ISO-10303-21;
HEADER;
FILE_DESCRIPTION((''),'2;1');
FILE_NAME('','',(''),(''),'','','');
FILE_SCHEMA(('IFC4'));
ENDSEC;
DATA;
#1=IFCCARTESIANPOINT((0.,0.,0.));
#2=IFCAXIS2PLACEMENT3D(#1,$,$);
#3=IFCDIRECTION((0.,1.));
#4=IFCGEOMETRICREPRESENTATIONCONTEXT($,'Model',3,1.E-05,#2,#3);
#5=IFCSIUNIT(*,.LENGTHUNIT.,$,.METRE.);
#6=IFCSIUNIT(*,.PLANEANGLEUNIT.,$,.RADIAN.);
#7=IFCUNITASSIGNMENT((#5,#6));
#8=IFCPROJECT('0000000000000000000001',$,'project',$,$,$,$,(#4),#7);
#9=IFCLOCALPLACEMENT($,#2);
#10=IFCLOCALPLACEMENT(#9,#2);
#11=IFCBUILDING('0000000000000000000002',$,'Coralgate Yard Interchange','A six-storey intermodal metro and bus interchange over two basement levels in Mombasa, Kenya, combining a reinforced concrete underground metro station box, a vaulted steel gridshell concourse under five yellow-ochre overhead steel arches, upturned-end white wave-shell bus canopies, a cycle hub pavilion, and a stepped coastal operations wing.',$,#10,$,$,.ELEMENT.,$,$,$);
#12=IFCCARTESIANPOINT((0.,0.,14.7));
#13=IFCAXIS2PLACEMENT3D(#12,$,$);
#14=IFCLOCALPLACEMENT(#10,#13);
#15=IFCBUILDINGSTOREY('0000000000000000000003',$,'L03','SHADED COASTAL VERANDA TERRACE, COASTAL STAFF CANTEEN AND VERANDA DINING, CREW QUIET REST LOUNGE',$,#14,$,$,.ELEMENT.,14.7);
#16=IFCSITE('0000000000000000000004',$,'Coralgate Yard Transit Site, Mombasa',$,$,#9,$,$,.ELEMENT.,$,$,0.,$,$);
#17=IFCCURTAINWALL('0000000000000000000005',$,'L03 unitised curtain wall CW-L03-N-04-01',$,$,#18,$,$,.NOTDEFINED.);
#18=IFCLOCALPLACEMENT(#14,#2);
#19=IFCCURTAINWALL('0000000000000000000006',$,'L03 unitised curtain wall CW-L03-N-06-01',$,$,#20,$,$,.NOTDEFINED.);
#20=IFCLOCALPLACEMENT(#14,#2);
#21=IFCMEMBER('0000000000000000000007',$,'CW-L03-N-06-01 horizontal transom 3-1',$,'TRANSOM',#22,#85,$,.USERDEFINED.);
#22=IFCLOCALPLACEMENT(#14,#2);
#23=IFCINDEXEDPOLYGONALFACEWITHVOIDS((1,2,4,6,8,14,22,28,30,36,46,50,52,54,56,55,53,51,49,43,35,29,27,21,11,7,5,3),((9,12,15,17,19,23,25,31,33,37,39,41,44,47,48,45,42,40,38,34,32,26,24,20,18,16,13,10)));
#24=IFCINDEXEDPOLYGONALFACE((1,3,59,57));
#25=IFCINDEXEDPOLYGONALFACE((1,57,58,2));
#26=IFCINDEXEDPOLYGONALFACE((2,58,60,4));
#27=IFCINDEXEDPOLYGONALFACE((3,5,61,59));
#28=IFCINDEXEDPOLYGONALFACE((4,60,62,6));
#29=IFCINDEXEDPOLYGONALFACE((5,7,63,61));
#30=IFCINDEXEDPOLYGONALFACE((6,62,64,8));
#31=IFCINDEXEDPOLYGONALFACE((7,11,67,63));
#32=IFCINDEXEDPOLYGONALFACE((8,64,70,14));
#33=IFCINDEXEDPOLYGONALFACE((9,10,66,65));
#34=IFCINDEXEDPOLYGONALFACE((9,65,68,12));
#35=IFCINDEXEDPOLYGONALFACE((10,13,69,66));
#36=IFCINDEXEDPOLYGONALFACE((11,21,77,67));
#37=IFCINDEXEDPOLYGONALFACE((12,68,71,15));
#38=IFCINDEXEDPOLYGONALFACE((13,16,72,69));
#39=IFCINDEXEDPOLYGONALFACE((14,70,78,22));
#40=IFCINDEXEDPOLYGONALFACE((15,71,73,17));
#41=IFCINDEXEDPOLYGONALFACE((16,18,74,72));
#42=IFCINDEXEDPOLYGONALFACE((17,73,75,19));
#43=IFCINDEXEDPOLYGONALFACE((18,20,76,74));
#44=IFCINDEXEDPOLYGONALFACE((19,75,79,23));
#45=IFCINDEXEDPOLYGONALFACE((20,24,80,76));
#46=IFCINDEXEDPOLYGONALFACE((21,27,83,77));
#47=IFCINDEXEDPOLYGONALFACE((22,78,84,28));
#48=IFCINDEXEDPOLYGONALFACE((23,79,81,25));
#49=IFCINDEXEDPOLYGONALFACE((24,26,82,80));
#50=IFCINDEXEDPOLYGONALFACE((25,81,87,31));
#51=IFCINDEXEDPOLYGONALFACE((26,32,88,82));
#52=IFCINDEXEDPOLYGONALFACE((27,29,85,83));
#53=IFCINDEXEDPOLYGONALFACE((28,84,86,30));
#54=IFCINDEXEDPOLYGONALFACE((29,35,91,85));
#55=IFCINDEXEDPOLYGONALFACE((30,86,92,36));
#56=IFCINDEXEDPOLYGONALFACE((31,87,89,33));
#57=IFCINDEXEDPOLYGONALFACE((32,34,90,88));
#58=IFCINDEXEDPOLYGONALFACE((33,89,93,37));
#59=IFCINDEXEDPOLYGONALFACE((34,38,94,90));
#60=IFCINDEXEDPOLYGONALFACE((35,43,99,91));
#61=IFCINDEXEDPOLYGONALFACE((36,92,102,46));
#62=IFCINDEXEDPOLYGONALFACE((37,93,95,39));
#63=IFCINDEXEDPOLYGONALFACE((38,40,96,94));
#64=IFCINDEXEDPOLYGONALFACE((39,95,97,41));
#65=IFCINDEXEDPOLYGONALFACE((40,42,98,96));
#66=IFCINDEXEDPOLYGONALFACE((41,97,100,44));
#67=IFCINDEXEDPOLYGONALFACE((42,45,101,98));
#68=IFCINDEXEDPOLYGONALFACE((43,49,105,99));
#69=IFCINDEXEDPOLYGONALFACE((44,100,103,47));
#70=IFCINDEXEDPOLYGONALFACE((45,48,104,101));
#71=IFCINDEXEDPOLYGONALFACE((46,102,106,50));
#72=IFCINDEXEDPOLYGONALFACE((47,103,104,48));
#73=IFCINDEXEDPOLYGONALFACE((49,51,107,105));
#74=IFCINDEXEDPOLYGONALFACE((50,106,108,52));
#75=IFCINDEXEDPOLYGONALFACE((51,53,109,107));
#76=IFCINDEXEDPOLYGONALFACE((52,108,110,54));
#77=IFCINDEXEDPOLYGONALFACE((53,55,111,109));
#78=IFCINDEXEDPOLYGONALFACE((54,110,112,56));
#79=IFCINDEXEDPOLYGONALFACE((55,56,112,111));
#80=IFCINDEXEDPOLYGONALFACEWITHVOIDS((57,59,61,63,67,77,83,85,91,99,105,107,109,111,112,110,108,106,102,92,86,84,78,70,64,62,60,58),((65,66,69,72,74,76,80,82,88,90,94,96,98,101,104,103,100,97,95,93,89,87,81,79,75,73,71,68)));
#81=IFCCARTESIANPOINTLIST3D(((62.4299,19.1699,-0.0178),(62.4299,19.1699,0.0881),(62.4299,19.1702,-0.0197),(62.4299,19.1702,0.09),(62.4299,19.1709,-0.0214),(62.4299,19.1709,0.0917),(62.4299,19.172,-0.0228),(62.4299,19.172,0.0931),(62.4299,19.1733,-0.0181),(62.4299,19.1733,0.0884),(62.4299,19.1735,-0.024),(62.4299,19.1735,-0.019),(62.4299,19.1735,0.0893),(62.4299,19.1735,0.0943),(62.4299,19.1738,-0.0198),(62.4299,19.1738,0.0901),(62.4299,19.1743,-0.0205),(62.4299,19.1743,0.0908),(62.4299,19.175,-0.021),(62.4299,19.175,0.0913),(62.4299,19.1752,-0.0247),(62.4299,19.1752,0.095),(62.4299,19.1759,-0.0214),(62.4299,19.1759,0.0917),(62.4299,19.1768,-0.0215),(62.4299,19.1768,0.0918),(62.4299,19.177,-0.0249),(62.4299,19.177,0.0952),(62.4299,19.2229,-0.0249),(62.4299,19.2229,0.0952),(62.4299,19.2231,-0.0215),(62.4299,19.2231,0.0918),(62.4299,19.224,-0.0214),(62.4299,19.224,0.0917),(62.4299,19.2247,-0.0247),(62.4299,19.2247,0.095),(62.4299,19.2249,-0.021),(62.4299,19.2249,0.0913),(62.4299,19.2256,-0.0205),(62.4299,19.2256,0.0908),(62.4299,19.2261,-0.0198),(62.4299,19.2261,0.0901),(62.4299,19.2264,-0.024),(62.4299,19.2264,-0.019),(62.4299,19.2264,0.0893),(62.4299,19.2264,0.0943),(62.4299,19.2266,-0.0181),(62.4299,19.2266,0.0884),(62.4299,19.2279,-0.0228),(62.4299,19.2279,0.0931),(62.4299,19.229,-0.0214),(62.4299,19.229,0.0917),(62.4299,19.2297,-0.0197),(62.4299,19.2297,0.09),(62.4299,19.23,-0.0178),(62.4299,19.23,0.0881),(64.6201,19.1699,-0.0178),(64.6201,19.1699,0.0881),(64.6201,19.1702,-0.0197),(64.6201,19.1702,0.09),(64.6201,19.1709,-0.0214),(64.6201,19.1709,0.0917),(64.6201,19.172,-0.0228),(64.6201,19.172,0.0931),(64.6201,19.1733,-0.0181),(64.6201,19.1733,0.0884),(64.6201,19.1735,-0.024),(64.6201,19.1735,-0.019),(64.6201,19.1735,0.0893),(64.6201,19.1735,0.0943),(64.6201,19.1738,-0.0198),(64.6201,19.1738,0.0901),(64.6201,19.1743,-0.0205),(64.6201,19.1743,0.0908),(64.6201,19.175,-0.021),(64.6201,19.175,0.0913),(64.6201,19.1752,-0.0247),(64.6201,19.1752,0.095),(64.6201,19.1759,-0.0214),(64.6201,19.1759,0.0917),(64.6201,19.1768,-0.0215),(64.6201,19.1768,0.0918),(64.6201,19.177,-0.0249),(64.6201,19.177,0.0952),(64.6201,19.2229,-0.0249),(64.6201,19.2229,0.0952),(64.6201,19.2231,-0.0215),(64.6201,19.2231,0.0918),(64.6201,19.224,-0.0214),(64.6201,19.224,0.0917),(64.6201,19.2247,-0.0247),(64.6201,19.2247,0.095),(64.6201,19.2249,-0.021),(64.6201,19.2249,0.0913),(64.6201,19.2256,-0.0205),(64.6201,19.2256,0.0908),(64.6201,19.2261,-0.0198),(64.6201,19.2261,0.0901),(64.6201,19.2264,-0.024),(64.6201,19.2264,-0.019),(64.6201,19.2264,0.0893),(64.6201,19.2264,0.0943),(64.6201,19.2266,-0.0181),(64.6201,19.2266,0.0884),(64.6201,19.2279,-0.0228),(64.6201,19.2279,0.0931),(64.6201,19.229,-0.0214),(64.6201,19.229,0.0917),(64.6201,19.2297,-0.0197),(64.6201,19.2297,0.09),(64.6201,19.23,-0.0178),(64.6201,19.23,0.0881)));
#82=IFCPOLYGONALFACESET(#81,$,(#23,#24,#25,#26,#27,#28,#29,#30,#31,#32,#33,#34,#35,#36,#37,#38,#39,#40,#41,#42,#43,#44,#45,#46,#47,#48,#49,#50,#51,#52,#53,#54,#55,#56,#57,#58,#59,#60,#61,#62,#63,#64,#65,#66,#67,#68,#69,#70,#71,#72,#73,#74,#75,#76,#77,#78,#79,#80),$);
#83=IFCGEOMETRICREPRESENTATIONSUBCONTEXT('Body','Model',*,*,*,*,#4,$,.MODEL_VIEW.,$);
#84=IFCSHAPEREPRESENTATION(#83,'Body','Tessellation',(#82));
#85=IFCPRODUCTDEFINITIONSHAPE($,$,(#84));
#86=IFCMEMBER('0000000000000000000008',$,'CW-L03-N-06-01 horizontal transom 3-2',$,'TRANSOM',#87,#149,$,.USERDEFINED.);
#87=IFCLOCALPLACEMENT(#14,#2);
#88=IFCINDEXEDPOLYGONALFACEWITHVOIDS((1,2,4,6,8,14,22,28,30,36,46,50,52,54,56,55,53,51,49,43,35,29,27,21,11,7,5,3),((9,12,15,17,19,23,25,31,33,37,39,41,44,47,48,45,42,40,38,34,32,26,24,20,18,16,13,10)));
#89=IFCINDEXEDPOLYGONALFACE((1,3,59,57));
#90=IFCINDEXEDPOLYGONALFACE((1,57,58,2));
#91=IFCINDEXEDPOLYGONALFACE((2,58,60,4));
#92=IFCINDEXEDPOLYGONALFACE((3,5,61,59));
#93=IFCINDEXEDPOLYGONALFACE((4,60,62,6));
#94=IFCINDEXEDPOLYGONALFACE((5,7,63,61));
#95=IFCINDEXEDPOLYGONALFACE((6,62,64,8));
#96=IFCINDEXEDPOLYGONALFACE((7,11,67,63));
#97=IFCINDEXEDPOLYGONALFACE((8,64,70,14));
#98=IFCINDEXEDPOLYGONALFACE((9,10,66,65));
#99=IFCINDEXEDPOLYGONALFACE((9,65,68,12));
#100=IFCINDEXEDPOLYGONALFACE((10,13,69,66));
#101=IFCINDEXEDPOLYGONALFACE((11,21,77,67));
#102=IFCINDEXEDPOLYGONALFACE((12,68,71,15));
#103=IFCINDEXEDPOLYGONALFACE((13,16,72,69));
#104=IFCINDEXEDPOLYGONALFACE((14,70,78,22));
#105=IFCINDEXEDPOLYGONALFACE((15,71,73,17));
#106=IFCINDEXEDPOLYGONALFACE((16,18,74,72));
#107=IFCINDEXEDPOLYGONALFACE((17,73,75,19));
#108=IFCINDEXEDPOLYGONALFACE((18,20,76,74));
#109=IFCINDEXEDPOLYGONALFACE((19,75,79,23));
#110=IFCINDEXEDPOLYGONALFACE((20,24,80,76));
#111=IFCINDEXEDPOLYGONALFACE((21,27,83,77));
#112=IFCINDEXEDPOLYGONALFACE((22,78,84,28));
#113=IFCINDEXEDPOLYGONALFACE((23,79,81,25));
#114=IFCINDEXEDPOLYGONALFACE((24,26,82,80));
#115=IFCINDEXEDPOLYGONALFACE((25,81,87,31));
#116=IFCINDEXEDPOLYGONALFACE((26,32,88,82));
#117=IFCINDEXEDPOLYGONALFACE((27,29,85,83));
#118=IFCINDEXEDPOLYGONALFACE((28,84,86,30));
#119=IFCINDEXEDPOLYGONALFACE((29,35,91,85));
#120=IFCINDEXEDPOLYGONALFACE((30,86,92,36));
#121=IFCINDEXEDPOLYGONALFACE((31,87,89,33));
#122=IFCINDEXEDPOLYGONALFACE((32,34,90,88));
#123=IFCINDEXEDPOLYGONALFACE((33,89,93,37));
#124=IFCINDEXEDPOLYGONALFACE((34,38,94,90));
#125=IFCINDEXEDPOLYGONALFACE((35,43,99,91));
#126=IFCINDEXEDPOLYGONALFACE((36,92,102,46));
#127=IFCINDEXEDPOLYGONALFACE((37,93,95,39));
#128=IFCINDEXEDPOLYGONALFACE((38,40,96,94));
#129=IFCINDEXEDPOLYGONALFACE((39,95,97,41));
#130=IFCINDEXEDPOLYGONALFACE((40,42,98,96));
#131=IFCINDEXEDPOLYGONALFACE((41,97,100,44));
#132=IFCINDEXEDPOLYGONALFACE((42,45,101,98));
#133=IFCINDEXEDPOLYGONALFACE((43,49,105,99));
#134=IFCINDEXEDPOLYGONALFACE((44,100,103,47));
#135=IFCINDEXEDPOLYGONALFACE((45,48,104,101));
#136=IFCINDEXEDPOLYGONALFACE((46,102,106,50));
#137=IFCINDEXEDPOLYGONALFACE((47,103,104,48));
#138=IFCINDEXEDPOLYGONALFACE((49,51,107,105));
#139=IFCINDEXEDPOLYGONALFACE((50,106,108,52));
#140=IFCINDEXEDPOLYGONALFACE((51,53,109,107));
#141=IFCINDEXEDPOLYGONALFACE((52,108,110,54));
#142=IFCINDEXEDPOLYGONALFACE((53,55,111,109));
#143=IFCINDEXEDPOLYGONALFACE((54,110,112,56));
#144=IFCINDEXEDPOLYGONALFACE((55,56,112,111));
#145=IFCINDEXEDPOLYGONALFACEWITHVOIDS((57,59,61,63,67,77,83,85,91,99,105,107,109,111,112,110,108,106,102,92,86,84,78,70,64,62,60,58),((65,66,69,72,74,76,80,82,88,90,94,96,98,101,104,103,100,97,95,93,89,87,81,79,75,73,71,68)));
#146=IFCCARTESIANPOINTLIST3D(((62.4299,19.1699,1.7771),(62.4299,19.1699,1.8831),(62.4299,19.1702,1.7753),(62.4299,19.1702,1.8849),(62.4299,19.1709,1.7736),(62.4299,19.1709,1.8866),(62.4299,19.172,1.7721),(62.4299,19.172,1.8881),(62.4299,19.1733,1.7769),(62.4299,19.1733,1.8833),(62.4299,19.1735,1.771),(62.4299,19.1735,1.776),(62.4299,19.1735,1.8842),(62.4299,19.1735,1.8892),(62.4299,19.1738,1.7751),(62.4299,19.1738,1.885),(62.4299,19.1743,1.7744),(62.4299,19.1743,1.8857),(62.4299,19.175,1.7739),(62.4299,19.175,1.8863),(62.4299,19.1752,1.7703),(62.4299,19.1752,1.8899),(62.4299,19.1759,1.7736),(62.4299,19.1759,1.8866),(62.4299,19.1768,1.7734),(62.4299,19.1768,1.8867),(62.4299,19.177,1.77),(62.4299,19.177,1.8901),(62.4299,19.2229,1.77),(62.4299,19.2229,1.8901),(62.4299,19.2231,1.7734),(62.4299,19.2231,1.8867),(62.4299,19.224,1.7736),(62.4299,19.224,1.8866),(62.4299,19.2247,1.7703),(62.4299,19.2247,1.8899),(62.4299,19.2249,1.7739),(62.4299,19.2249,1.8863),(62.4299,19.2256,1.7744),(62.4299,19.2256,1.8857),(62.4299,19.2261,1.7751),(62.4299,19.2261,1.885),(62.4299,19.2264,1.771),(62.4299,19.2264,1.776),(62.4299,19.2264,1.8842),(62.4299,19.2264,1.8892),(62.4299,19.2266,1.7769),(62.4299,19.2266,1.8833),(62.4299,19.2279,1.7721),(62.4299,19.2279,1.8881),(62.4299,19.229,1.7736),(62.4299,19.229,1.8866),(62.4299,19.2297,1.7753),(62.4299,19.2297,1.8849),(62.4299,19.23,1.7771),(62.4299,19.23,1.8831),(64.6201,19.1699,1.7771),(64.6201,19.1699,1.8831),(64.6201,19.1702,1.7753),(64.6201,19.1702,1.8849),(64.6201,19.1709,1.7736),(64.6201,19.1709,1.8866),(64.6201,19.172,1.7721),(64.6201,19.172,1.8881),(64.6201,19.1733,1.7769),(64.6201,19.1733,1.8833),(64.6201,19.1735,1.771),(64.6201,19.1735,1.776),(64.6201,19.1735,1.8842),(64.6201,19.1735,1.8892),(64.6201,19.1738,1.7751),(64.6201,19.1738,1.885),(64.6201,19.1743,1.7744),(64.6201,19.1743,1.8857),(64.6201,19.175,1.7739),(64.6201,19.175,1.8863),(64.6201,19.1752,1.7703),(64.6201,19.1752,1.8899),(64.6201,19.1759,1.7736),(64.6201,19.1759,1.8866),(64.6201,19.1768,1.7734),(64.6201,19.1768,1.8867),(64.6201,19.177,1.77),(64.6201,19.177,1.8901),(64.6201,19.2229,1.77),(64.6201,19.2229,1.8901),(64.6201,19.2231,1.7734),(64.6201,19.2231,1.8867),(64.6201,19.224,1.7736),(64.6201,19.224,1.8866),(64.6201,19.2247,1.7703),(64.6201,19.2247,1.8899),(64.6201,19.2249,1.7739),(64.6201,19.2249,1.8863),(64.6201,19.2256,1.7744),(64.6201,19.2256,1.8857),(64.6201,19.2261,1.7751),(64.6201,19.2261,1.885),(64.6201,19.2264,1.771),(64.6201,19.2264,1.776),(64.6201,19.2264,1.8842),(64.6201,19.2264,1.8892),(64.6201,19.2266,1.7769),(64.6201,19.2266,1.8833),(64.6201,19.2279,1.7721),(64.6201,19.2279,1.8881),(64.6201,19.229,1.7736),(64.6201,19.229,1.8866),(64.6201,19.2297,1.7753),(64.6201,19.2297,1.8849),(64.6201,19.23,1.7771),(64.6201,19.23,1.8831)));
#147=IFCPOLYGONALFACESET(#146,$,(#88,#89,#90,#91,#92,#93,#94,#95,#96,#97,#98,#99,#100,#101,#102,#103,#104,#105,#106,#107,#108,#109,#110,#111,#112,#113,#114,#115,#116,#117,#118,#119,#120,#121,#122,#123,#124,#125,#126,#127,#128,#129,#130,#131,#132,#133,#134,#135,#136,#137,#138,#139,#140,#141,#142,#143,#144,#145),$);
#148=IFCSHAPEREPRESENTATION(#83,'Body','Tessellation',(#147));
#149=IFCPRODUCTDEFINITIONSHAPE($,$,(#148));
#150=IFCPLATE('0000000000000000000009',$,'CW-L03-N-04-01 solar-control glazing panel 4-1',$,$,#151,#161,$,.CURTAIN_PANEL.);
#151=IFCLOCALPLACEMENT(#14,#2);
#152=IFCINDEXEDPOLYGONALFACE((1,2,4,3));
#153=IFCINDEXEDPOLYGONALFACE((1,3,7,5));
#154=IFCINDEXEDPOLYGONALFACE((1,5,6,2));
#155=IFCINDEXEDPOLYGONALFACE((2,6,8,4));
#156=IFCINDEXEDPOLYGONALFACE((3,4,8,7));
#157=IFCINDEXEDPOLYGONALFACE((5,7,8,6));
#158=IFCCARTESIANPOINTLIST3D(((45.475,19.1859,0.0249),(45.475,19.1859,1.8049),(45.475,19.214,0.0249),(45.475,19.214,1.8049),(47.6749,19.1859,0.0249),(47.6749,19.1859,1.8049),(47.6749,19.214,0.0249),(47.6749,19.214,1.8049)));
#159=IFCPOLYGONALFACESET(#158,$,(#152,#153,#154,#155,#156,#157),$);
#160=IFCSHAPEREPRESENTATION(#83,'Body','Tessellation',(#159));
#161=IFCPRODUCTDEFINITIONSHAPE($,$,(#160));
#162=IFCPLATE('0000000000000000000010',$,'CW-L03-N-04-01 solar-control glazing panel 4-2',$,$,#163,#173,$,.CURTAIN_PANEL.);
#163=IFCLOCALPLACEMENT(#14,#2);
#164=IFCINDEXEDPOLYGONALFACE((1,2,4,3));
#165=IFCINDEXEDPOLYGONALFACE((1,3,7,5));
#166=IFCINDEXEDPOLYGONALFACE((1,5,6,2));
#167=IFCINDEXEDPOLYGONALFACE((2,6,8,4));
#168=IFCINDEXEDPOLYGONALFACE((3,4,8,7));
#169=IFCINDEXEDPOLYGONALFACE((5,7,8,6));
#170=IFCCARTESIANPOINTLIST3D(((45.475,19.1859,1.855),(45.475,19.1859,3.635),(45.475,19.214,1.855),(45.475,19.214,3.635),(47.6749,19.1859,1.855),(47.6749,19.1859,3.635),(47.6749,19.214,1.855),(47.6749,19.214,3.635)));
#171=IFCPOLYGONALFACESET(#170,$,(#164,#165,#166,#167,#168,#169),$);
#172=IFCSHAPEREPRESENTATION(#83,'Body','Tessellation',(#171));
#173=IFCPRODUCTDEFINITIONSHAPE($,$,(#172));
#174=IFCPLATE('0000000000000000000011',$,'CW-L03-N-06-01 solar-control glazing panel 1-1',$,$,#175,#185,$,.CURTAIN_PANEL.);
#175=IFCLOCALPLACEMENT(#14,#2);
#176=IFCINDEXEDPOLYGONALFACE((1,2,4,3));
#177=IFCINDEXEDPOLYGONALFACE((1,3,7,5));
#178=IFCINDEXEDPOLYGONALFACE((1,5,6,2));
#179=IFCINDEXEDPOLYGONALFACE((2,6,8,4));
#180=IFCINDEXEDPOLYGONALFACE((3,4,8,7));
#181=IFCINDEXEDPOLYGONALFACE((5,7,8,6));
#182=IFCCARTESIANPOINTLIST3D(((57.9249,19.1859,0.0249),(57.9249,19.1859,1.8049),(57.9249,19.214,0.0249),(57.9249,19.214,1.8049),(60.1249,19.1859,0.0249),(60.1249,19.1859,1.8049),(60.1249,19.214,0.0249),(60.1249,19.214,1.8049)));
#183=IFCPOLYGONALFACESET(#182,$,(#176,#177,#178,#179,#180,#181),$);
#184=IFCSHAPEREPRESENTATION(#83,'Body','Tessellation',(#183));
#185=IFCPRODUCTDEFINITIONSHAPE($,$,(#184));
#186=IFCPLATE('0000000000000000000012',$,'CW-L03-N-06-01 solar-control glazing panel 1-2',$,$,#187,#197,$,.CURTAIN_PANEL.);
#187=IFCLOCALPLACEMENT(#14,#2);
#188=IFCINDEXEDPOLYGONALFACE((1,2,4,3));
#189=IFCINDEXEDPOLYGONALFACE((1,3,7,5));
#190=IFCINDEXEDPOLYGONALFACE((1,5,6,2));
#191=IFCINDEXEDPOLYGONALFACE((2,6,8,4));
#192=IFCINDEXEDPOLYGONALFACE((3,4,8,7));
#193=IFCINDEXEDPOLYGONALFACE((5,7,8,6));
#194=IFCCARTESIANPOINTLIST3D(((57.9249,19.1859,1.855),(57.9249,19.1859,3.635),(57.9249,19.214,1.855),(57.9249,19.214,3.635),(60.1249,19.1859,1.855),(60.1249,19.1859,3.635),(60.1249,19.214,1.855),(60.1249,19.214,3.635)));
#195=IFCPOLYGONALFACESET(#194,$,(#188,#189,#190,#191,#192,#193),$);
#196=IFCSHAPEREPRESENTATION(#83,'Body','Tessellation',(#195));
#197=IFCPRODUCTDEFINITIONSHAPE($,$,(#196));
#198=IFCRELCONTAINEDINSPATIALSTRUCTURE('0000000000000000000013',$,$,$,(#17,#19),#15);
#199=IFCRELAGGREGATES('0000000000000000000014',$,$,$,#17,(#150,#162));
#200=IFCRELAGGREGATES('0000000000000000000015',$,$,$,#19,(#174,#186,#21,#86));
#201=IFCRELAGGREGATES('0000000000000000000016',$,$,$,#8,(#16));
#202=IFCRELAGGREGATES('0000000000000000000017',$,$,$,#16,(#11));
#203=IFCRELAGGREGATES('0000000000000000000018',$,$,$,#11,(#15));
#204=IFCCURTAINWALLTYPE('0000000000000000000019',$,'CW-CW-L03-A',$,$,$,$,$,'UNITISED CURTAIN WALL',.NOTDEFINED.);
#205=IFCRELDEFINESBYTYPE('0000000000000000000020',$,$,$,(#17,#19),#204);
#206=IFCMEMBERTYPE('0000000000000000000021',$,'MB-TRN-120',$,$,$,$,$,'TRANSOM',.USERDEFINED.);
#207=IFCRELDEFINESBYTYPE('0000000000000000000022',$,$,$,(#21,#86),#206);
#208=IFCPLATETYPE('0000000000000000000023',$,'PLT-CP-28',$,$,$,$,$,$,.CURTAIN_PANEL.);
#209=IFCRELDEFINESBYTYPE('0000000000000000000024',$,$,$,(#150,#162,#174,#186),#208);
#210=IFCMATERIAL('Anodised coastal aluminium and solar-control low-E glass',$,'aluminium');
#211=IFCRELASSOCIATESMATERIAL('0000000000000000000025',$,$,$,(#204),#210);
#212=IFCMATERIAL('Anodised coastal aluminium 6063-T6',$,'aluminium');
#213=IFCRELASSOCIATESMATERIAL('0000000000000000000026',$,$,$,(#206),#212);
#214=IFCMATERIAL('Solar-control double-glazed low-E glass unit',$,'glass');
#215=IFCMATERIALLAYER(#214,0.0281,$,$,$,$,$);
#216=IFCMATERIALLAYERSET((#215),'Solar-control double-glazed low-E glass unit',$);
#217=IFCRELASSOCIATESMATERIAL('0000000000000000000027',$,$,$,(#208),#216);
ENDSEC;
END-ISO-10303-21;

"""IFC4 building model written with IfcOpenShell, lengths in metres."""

from ifc_helpers import new_model, si_unit, direction, frame, origin, origin_2d, place, context, subcontext, project, spatial, rectangle, hollow_rectangle, extrude, material, layer, layer_set, material_profile, profile_set, type_object, element, aggregate, save


model = new_model("IFC4")

# Units and contexts
model_context = context("Model", 3, precision=1e-05, world=origin(), true_north=direction((0.0, 1.0)))
body_context = subcontext(model_context, "Body", "Model", "MODEL_VIEW")
ifc_project = project(units=[si_unit("LENGTHUNIT", "METRE"), si_unit("PLANEANGLEUNIT", "RADIAN")], contexts=[model_context])

# Site, building, storey
site_placement = place(None, origin())
site = spatial("IfcSite", under=ifc_project, at=site_placement, Name="Coralgate Yard Transit Site, Mombasa", CompositionType="ELEMENT", RefElevation=0.0)
building_placement = place(site_placement, origin())
building = spatial("IfcBuilding", under=site, at=building_placement, Name="Coralgate Yard Interchange", Description="A six-storey intermodal metro and bus interchange over two basement levels in Mombasa, Kenya, combining a reinforced concrete underground metro station box, a vaulted steel gridshell concourse under five yellow-ochre overhead steel arches, upturned-end white wave-shell bus canopies, a cycle hub pavilion, and a stepped coastal operations wing.", CompositionType="ELEMENT")
storey_placement = place(building_placement, frame((0.0, 0.0, 14.7)))
storey = spatial("IfcBuildingStorey", under=building, at=storey_placement, Name="L03", Description="SHADED COASTAL VERANDA TERRACE, COASTAL STAFF CANTEEN AND VERANDA DINING, CREW QUIET REST LOUNGE", CompositionType="ELEMENT", Elevation=14.7)

# Curtain wall
ifc_material_1 = material(Name="Anodised coastal aluminium and solar-control low-E glass", Category="aluminium")
curtain_wall_type = type_object("IfcCurtainWallType", Name="CW-CW-L03-A", ElementType="UNITISED CURTAIN WALL", PredefinedType="NOTDEFINED", material=ifc_material_1)
curtain_wall_1_placement = place(storey_placement, origin())
curtain_wall_1 = element("IfcCurtainWall", 1, at=curtain_wall_1_placement, inside=storey, type_object=curtain_wall_type, Name="L03 unitised curtain wall CW-L03-N-04-01", PredefinedType="NOTDEFINED")
ifc_material_2 = material(Name="Anodised coastal aluminium 6063-T6", Category="aluminium")

# Curtain wall, members
curtain_wall_2_placement = place(storey_placement, origin())
curtain_wall_2 = element("IfcCurtainWall", 2, at=curtain_wall_2_placement, inside=storey, type_object=curtain_wall_type, Name="L03 unitised curtain wall CW-L03-N-06-01", PredefinedType="NOTDEFINED")
ifc_material_profile_1 = material_profile(ifc_material_2, hollow_rectangle(XDim=0.0601, YDim=0.1201, WallThickness=0.0034, InnerFilletRadius=0.0034, OuterFilletRadius=0.0071, at=origin_2d()), Name="ALU 60x120x3.5")
ifc_profile_set_1 = profile_set([ifc_material_profile_1], Name="Anodised coastal aluminium 6063-T6")
member_type_1 = type_object("IfcMemberType", Name="MB-TRN-120", ElementType="TRANSOM", PredefinedType="USERDEFINED", material=ifc_profile_set_1)
member_1_placement = place(storey_placement, frame((62.4299, 19.2, 0.0352), z_axis=(1.0, 0.0, 0.0), x_axis=(0.0, 1.0, 0.0)))
member_1 = element("IfcMember", 3, at=member_1_placement, type_object=member_type_1, Name="CW-L03-N-06-01 horizontal transom 3-1", ObjectType="TRANSOM", PredefinedType="USERDEFINED", context=body_context, shape_type="SweptSolid", body=[
    extrude(hollow_rectangle(XDim=0.0601, YDim=0.1201, WallThickness=0.0034, InnerFilletRadius=0.0034, OuterFilletRadius=0.0071, at=origin_2d()), origin(), (0.0, 0.0, 1.0), 2.1902),
])
member_2_placement = place(storey_placement, frame((62.4299, 19.2, 1.8301), z_axis=(1.0, 0.0, 0.0), x_axis=(0.0, 1.0, 0.0)))
member_2 = element("IfcMember", 4, at=member_2_placement, type_object=member_type_1, Name="CW-L03-N-06-01 horizontal transom 3-2", ObjectType="TRANSOM", PredefinedType="USERDEFINED", context=body_context, shape_type="SweptSolid", body=[
    extrude(hollow_rectangle(XDim=0.0601, YDim=0.1201, WallThickness=0.0034, InnerFilletRadius=0.0034, OuterFilletRadius=0.0071, at=origin_2d()), origin(), (0.0, 0.0, 1.0), 2.1902),
])

# Plates
ifc_material_3 = material(Name="Solar-control double-glazed low-E glass unit", Category="glass")
ifc_layer = layer(ifc_material_3, 0.0281)
ifc_layer_set = layer_set([ifc_layer], Name="Solar-control double-glazed low-E glass unit")
plate_type = type_object("IfcPlateType", Name="PLT-CP-28", PredefinedType="CURTAIN_PANEL", material=ifc_layer_set)
plate_1_placement = place(storey_placement, frame((46.575, 19.2, 0.0249), z_axis=(0.0, 0.0, 1.0), x_axis=(1.0, 0.0, 0.0)))
plate_1 = element("IfcPlate", 5, at=plate_1_placement, type_object=plate_type, Name="CW-L03-N-04-01 solar-control glazing panel 4-1", PredefinedType="CURTAIN_PANEL", context=body_context, shape_type="SweptSolid", body=[
    extrude(rectangle(XDim=2.2, YDim=0.0281, at=origin_2d()), origin(), (0.0, 0.0, 1.0), 1.78),
])
plate_2_placement = place(storey_placement, frame((46.575, 19.2, 1.855), z_axis=(0.0, 0.0, 1.0), x_axis=(1.0, 0.0, 0.0)))
plate_2 = element("IfcPlate", 6, at=plate_2_placement, type_object=plate_type, Name="CW-L03-N-04-01 solar-control glazing panel 4-2", PredefinedType="CURTAIN_PANEL", context=body_context, shape_type="SweptSolid", body=[
    extrude(rectangle(XDim=2.2, YDim=0.0281, at=origin_2d()), origin(), (0.0, 0.0, 1.0), 1.78),
])
aggregate(curtain_wall_1, [plate_1, plate_2])
plate_3_placement = place(storey_placement, frame((59.0249, 19.2, 0.0249), z_axis=(0.0, 0.0, 1.0), x_axis=(1.0, 0.0, 0.0)))
plate_3 = element("IfcPlate", 7, at=plate_3_placement, type_object=plate_type, Name="CW-L03-N-06-01 solar-control glazing panel 1-1", PredefinedType="CURTAIN_PANEL", context=body_context, shape_type="SweptSolid", body=[
    extrude(rectangle(XDim=2.2, YDim=0.0281, at=origin_2d()), origin(), (0.0, 0.0, 1.0), 1.78),
])
plate_4_placement = place(storey_placement, frame((59.0249, 19.2, 1.855), z_axis=(0.0, 0.0, 1.0), x_axis=(1.0, 0.0, 0.0)))
plate_4 = element("IfcPlate", 8, at=plate_4_placement, type_object=plate_type, Name="CW-L03-N-06-01 solar-control glazing panel 1-2", PredefinedType="CURTAIN_PANEL", context=body_context, shape_type="SweptSolid", body=[
    extrude(rectangle(XDim=2.2, YDim=0.0281, at=origin_2d()), origin(), (0.0, 0.0, 1.0), 1.78),
])
aggregate(curtain_wall_2, [plate_3, plate_4, member_1, member_2])

save(model, "model.ifc")
